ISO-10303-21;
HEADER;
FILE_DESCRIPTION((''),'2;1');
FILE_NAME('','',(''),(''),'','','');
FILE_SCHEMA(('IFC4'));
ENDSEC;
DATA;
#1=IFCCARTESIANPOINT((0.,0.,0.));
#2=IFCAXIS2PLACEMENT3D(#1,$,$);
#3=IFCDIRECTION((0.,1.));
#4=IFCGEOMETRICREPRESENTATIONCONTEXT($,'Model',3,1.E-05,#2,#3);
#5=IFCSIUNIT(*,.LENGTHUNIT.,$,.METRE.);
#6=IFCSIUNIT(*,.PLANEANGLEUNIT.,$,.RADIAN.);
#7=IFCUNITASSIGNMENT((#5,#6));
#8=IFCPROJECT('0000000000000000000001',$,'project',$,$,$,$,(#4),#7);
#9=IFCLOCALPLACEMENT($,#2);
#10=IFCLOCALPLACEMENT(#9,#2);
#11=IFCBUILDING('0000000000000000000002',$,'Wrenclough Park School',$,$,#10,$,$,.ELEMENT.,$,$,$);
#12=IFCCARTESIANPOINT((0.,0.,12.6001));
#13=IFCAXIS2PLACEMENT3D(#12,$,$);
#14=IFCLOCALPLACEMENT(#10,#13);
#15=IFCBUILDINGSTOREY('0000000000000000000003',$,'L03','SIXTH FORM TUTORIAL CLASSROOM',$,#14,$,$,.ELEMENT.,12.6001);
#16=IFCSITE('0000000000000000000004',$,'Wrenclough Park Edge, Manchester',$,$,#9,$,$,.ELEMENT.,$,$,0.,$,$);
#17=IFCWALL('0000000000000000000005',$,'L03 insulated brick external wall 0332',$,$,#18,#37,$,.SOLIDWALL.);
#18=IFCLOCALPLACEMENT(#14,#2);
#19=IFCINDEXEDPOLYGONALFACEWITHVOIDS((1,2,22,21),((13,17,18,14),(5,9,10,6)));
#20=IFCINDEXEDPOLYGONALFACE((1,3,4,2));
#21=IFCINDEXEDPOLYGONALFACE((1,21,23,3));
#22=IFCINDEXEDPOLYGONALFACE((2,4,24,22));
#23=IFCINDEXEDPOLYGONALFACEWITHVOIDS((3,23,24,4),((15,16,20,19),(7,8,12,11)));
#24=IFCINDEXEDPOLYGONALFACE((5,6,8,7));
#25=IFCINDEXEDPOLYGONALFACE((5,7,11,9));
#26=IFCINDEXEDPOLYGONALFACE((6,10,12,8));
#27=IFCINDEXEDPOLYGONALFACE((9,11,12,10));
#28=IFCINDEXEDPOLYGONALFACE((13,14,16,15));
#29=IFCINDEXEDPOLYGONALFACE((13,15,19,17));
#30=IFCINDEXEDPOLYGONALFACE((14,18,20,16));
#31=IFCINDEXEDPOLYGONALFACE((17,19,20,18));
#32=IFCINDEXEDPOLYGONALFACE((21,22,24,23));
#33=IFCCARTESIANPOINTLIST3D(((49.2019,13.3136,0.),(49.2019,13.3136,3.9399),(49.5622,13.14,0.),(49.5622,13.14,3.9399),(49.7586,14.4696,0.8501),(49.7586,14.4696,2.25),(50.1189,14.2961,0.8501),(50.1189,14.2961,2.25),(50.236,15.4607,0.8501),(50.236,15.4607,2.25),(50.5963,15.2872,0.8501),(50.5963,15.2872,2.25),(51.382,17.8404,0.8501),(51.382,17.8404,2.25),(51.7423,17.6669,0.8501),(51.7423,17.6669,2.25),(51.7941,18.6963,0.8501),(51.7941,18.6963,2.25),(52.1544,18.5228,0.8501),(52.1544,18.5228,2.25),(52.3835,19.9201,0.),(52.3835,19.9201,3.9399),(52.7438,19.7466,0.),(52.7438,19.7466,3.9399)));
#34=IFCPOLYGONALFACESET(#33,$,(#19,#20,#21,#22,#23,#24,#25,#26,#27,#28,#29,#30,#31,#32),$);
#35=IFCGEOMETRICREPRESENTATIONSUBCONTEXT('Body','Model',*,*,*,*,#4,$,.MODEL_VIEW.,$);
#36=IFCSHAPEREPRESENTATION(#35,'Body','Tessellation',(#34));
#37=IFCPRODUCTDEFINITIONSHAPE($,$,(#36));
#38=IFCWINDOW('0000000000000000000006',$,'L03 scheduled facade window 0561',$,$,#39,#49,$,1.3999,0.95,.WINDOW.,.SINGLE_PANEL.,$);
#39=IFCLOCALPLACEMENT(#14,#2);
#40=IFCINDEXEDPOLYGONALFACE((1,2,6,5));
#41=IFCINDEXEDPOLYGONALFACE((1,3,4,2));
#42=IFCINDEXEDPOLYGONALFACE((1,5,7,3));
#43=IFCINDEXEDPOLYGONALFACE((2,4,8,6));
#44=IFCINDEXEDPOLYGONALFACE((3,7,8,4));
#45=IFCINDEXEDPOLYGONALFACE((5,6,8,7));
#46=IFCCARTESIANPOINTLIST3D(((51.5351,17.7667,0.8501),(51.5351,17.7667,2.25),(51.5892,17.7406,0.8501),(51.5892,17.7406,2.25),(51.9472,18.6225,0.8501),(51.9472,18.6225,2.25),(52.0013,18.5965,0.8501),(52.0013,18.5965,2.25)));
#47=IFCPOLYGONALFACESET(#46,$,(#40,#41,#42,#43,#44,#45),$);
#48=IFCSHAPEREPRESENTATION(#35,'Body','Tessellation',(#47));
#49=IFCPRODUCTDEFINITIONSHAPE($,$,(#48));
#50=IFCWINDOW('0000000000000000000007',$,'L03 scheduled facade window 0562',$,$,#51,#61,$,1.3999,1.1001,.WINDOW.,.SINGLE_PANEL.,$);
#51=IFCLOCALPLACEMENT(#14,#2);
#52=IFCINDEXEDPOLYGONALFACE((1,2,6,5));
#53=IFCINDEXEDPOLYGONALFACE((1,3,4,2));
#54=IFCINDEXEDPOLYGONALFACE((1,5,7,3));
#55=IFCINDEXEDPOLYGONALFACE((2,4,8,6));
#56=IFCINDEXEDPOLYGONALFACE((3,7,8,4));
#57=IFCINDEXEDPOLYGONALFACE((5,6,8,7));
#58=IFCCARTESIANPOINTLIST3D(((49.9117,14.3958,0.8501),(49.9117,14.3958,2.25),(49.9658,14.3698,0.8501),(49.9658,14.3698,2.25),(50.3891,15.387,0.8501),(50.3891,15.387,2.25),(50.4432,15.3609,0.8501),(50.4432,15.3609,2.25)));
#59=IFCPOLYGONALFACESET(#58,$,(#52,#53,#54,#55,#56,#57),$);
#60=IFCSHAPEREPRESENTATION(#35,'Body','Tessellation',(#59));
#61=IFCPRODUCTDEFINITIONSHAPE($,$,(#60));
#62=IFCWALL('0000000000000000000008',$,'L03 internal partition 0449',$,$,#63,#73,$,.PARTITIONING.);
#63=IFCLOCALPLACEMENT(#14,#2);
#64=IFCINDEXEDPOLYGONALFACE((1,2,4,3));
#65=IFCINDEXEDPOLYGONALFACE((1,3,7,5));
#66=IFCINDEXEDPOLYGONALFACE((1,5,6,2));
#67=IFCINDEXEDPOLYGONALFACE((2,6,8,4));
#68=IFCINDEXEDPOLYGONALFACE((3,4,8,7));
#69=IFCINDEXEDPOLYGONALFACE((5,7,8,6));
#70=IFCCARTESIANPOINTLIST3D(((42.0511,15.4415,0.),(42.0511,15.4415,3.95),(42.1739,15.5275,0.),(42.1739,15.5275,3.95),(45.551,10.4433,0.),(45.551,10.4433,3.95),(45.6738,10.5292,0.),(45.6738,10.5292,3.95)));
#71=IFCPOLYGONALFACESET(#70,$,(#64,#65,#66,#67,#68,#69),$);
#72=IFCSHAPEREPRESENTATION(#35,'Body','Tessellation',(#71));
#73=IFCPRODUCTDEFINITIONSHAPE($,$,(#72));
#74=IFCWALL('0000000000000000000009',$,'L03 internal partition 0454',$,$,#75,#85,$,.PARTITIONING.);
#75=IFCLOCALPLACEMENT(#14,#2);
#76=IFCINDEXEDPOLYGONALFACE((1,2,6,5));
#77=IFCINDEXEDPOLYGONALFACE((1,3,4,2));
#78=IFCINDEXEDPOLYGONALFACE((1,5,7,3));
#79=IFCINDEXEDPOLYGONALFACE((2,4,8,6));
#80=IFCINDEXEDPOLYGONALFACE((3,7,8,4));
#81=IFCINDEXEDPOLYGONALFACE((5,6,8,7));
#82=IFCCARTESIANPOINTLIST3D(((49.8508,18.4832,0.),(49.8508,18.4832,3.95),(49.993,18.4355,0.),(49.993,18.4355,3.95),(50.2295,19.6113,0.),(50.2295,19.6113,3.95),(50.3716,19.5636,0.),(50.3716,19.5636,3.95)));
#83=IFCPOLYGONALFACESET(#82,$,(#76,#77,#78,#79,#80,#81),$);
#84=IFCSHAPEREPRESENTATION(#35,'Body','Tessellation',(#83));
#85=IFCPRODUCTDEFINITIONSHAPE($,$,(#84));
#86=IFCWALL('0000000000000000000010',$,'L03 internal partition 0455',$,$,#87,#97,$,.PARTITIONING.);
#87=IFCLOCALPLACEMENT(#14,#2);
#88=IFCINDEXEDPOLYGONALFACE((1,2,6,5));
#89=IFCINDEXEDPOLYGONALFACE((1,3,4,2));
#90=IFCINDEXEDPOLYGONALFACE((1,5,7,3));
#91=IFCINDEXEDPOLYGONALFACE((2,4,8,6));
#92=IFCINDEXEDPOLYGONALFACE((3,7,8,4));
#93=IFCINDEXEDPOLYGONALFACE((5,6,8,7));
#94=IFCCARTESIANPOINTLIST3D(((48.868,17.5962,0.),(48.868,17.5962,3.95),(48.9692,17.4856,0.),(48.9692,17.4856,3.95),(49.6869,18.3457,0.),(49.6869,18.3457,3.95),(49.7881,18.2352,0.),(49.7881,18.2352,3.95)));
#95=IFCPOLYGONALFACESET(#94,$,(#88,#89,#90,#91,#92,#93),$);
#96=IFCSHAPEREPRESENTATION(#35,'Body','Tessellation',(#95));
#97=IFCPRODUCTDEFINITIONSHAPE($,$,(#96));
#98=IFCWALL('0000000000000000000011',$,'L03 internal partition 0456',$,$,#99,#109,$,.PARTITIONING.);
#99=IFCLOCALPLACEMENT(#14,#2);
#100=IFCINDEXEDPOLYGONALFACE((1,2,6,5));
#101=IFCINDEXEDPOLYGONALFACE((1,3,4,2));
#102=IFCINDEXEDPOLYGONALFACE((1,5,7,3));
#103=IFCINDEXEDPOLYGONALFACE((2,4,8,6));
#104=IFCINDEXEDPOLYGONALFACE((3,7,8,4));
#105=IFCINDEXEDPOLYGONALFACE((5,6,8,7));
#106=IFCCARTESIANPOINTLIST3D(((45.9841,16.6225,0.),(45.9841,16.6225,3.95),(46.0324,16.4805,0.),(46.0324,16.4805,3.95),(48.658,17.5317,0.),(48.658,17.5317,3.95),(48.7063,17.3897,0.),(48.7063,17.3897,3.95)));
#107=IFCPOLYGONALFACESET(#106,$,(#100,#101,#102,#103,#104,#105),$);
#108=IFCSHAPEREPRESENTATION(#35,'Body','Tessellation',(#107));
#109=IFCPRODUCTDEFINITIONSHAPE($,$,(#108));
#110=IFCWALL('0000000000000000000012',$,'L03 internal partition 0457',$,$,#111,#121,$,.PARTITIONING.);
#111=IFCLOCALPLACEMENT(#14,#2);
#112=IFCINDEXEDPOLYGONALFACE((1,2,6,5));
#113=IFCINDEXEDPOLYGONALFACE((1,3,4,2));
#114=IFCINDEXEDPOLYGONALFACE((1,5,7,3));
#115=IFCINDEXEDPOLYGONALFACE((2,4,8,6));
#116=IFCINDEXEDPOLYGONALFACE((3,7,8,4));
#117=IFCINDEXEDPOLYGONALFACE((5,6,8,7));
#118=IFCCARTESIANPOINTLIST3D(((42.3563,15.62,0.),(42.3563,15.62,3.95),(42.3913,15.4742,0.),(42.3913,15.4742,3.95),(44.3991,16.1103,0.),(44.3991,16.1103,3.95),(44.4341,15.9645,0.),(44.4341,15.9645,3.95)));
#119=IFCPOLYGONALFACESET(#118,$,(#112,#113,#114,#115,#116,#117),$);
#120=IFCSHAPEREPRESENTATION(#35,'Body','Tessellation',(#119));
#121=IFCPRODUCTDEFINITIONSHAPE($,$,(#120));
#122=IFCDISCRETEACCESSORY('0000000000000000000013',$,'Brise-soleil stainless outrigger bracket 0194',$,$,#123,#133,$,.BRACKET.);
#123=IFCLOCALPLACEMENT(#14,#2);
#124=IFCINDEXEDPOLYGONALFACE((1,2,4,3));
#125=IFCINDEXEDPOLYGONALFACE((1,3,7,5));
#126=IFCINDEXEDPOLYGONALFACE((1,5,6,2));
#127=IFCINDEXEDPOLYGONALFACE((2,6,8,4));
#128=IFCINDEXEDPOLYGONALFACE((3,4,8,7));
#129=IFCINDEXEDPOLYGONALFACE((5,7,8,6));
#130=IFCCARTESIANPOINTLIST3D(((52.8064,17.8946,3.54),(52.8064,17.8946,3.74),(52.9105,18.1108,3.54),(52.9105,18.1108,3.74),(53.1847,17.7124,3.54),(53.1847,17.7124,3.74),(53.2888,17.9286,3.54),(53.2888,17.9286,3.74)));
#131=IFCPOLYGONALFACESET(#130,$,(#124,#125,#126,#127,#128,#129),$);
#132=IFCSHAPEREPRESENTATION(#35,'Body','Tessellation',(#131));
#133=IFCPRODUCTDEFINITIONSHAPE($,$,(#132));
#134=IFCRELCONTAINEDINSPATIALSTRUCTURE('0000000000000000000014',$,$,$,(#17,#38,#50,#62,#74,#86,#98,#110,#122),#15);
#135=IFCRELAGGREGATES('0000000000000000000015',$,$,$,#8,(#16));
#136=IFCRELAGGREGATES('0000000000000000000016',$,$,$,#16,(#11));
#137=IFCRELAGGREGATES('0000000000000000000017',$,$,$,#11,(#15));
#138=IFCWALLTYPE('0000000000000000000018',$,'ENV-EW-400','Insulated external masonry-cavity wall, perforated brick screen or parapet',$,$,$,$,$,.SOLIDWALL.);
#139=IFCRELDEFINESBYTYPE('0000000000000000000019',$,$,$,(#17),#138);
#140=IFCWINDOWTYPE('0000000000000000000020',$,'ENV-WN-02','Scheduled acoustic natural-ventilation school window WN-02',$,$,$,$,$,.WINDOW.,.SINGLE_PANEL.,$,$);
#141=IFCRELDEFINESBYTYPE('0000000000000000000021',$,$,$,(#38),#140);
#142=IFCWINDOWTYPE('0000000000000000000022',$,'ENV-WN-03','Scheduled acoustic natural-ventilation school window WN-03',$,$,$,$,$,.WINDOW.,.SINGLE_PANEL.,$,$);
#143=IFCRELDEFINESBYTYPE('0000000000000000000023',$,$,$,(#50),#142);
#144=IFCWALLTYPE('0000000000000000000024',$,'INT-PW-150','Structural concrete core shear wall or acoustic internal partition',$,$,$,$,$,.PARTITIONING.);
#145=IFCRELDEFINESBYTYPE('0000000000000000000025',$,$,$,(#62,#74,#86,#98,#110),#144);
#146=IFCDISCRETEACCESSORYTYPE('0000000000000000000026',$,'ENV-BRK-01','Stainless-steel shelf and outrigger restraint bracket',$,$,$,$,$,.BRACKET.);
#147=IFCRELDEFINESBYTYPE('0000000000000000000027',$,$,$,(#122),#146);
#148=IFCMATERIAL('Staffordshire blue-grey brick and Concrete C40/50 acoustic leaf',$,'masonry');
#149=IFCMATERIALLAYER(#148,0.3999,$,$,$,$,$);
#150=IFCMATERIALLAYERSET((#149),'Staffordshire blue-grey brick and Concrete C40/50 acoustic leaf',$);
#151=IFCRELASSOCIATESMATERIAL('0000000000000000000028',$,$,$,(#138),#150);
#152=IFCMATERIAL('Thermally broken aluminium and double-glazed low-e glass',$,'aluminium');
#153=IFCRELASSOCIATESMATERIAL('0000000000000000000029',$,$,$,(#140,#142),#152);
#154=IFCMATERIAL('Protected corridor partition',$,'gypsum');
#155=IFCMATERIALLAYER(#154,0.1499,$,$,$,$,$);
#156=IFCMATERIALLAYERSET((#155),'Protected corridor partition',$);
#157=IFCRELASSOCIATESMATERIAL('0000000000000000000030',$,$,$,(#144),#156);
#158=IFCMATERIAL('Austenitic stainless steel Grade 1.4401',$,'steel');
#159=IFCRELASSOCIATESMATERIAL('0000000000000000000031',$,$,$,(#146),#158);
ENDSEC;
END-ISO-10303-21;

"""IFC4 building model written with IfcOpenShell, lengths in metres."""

from ifc_helpers import new_model, si_unit, direction, frame, frame_2d, origin, origin_2d, place, context, subcontext, project, spatial, rectangle, extrude, material, layer, layer_set, type_object, element, fill, save


model = new_model("IFC4")

# Units and contexts
model_context = context("Model", 3, precision=1e-05, world=origin(), true_north=direction((0.0, 1.0)))
body_context = subcontext(model_context, "Body", "Model", "MODEL_VIEW")
ifc_project = project(units=[si_unit("LENGTHUNIT", "METRE"), si_unit("PLANEANGLEUNIT", "RADIAN")], contexts=[model_context])

# Site, building, storey
site_placement = place(None, origin())
site = spatial("IfcSite", under=ifc_project, at=site_placement, Name="Wrenclough Park Edge, Manchester", CompositionType="ELEMENT", RefElevation=0.0)
building_placement = place(site_placement, origin())
building = spatial("IfcBuilding", under=site, at=building_placement, Name="Wrenclough Park School", CompositionType="ELEMENT")
storey_placement = place(building_placement, frame((0.0, 0.0, 12.6001)))
storey = spatial("IfcBuildingStorey", under=building, at=storey_placement, Name="L03", Description="SIXTH FORM TUTORIAL CLASSROOM", CompositionType="ELEMENT", Elevation=12.6001)

# Wall, openings, windows
ifc_material_1 = material(Name="Staffordshire blue-grey brick and Concrete C40/50 acoustic leaf", Category="masonry")
ifc_layer_1 = layer(ifc_material_1, 0.3999)
ifc_layer_set_1 = layer_set([ifc_layer_1], Name="Staffordshire blue-grey brick and Concrete C40/50 acoustic leaf")
wall_type_1 = type_object("IfcWallType", Name="ENV-EW-400", Description="Insulated external masonry-cavity wall, perforated brick screen or parapet", PredefinedType="SOLIDWALL", material=ifc_layer_set_1)
wall_1_placement = place(storey_placement, frame((52.5637, 19.8335, 0.0), z_axis=(0.0, 0.0, 1.0), x_axis=(-0.433887, -0.900967, 0.0)))
wall_1 = element("IfcWall", 1, at=wall_1_placement, inside=storey, type_object=wall_type_1, Name="L03 insulated brick external wall 0332", PredefinedType="SOLIDWALL", context=body_context, shape_type="SweptSolid", body=[
    extrude(rectangle(XDim=7.3328, YDim=0.3999, at=frame_2d((3.6665, 0.0))), origin(), (0.0, 0.0, 1.0), 3.9399),
])
opening_1_placement = place(wall_1_placement, frame((1.3584, 0.0, 0.8501)))
opening_1 = element("IfcOpeningElement", 2, at=opening_1_placement, cuts=wall_1, PredefinedType="OPENING", context=body_context, shape_type="SweptSolid", body=[
    extrude(rectangle(XDim=0.95, YDim=1.3999, at=frame_2d((0.4751, 0.7))), frame((0.0, 0.21, 0.0), z_axis=(0.0, -1.0, 0.0), x_axis=(1.0, 0.0, 0.0)), (0.0, 0.0, 1.0), 0.4199),
])
opening_2_placement = place(wall_1_placement, frame((4.9497, 0.0, 0.8501)))
opening_2 = element("IfcOpeningElement", 3, at=opening_2_placement, cuts=wall_1, PredefinedType="OPENING", context=body_context, shape_type="SweptSolid", body=[
    extrude(rectangle(XDim=1.1001, YDim=1.3999, at=frame_2d((0.55, 0.7))), frame((0.0, 0.21, 0.0), z_axis=(0.0, -1.0, 0.0), x_axis=(1.0, 0.0, 0.0)), (0.0, 0.0, 1.0), 0.4199),
])
ifc_material_2 = material(Name="Thermally broken aluminium and double-glazed low-e glass", Category="aluminium")
window_type_1 = type_object("IfcWindowType", Name="ENV-WN-02", Description="Scheduled acoustic natural-ventilation school window WN-02", PartitioningType="SINGLE_PANEL", PredefinedType="WINDOW", material=ifc_material_2)
window_1_placement = place(opening_1_placement, origin())
window_1 = element("IfcWindow", 4, at=window_1_placement, inside=storey, type_object=window_type_1, Name="L03 scheduled facade window 0561", OverallHeight=1.3999, OverallWidth=0.95, PartitioningType="SINGLE_PANEL", PredefinedType="WINDOW", context=body_context, shape_type="SweptSolid", body=[
    extrude(rectangle(XDim=0.95, YDim=1.3999, at=frame_2d((0.4751, 0.7))), frame((0.0, 0.03, 0.0), z_axis=(0.0, -1.0, 0.0), x_axis=(1.0, 0.0, 0.0)), (0.0, 0.0, 1.0), 0.0601),
])
fill(opening_1, window_1)
window_type_2 = type_object("IfcWindowType", Name="ENV-WN-03", Description="Scheduled acoustic natural-ventilation school window WN-03", PartitioningType="SINGLE_PANEL", PredefinedType="WINDOW", material=ifc_material_2)
window_2_placement = place(opening_2_placement, origin())
window_2 = element("IfcWindow", 5, at=window_2_placement, inside=storey, type_object=window_type_2, Name="L03 scheduled facade window 0562", OverallHeight=1.3999, OverallWidth=1.1001, PartitioningType="SINGLE_PANEL", PredefinedType="WINDOW", context=body_context, shape_type="SweptSolid", body=[
    extrude(rectangle(XDim=1.1001, YDim=1.3999, at=frame_2d((0.55, 0.7))), frame((0.0, 0.03, 0.0), z_axis=(0.0, -1.0, 0.0), x_axis=(1.0, 0.0, 0.0)), (0.0, 0.0, 1.0), 0.0601),
])
fill(opening_2, window_2)

# Walls
ifc_material_3 = material(Name="Protected corridor partition", Category="gypsum")
ifc_layer_2 = layer(ifc_material_3, 0.1499)
ifc_layer_set_2 = layer_set([ifc_layer_2], Name="Protected corridor partition")
wall_type_2 = type_object("IfcWallType", Name="INT-PW-150", Description="Structural concrete core shear wall or acoustic internal partition", PredefinedType="PARTITIONING", material=ifc_layer_set_2)
wall_2_placement = place(storey_placement, frame((42.1125, 15.4844, 0.0), z_axis=(0.0, 0.0, 1.0), x_axis=(0.573594, -0.81914, 0.0)))
element("IfcWall", 6, at=wall_2_placement, inside=storey, type_object=wall_type_2, Name="L03 internal partition 0449", PredefinedType="PARTITIONING", context=body_context, shape_type="SweptSolid", body=[
    extrude(rectangle(XDim=6.1018, YDim=0.1499, at=frame_2d((3.0508, 0.0))), origin(), (0.0, 0.0, 1.0), 3.95),
])
wall_3_placement = place(storey_placement, frame((50.3005, 19.5874, 0.0), z_axis=(0.0, 0.0, 1.0), x_axis=(-0.318197, -0.948025, 0.0)))
element("IfcWall", 7, at=wall_3_placement, inside=storey, type_object=wall_type_2, Name="L03 internal partition 0454", PredefinedType="PARTITIONING", context=body_context, shape_type="SweptSolid", body=[
    extrude(rectangle(XDim=1.1899, YDim=0.1499, at=frame_2d((0.595, 0.0))), origin(), (0.0, 0.0, 1.0), 3.95),
])
wall_4_placement = place(storey_placement, frame((49.7375, 18.2905, 0.0), z_axis=(0.0, 0.0, 1.0), x_axis=(-0.737647, -0.675187, 0.0)))
element("IfcWall", 8, at=wall_4_placement, inside=storey, type_object=wall_type_2, Name="L03 internal partition 0455", PredefinedType="PARTITIONING", context=body_context, shape_type="SweptSolid", body=[
    extrude(rectangle(XDim=1.1101, YDim=0.1499, at=frame_2d((0.5552, 0.0))), origin(), (0.0, 0.0, 1.0), 3.95),
])
wall_5_placement = place(storey_placement, frame((48.6821, 17.4607, 0.0), z_axis=(0.0, 0.0, 1.0), x_axis=(-0.946764, -0.321928, 0.0)))
element("IfcWall", 9, at=wall_5_placement, inside=storey, type_object=wall_type_2, Name="L03 internal partition 0456", PredefinedType="PARTITIONING", context=body_context, shape_type="SweptSolid", body=[
    extrude(rectangle(XDim=2.8242, YDim=0.1499, at=frame_2d((1.4121, 0.0))), origin(), (0.0, 0.0, 1.0), 3.95),
])
wall_6_placement = place(storey_placement, frame((44.4165, 16.0374, 0.0), z_axis=(0.0, 0.0, 1.0), x_axis=(-0.972389, -0.233364, 0.0)))
element("IfcWall", 10, at=wall_6_placement, inside=storey, type_object=wall_type_2, Name="L03 internal partition 0457", PredefinedType="PARTITIONING", context=body_context, shape_type="SweptSolid", body=[
    extrude(rectangle(XDim=2.1008, YDim=0.1499, at=frame_2d((1.0503, 0.0))), origin(), (0.0, 0.0, 1.0), 3.95),
])

# Discrete accessory
ifc_material_4 = material(Name="Austenitic stainless steel Grade 1.4401", Category="steel")
discrete_accessory_type = type_object("IfcDiscreteAccessoryType", Name="ENV-BRK-01", Description="Stainless-steel shelf and outrigger restraint bracket", PredefinedType="BRACKET", material=ifc_material_4)
discrete_accessory_placement = place(storey_placement, frame((53.0476, 17.9116, 3.54), z_axis=(0.0, 0.0, 1.0), x_axis=(0.433872, 0.900974, 0.0)))
element("IfcDiscreteAccessory", 11, at=discrete_accessory_placement, inside=storey, type_object=discrete_accessory_type, Name="Brise-soleil stainless outrigger bracket 0194", PredefinedType="BRACKET", context=body_context, shape_type="SweptSolid", body=[
    extrude(rectangle(XDim=0.24, YDim=0.4199, at=origin_2d()), origin(), (0.0, 0.0, 1.0), 0.2),
])

save(model, "model.ifc")
